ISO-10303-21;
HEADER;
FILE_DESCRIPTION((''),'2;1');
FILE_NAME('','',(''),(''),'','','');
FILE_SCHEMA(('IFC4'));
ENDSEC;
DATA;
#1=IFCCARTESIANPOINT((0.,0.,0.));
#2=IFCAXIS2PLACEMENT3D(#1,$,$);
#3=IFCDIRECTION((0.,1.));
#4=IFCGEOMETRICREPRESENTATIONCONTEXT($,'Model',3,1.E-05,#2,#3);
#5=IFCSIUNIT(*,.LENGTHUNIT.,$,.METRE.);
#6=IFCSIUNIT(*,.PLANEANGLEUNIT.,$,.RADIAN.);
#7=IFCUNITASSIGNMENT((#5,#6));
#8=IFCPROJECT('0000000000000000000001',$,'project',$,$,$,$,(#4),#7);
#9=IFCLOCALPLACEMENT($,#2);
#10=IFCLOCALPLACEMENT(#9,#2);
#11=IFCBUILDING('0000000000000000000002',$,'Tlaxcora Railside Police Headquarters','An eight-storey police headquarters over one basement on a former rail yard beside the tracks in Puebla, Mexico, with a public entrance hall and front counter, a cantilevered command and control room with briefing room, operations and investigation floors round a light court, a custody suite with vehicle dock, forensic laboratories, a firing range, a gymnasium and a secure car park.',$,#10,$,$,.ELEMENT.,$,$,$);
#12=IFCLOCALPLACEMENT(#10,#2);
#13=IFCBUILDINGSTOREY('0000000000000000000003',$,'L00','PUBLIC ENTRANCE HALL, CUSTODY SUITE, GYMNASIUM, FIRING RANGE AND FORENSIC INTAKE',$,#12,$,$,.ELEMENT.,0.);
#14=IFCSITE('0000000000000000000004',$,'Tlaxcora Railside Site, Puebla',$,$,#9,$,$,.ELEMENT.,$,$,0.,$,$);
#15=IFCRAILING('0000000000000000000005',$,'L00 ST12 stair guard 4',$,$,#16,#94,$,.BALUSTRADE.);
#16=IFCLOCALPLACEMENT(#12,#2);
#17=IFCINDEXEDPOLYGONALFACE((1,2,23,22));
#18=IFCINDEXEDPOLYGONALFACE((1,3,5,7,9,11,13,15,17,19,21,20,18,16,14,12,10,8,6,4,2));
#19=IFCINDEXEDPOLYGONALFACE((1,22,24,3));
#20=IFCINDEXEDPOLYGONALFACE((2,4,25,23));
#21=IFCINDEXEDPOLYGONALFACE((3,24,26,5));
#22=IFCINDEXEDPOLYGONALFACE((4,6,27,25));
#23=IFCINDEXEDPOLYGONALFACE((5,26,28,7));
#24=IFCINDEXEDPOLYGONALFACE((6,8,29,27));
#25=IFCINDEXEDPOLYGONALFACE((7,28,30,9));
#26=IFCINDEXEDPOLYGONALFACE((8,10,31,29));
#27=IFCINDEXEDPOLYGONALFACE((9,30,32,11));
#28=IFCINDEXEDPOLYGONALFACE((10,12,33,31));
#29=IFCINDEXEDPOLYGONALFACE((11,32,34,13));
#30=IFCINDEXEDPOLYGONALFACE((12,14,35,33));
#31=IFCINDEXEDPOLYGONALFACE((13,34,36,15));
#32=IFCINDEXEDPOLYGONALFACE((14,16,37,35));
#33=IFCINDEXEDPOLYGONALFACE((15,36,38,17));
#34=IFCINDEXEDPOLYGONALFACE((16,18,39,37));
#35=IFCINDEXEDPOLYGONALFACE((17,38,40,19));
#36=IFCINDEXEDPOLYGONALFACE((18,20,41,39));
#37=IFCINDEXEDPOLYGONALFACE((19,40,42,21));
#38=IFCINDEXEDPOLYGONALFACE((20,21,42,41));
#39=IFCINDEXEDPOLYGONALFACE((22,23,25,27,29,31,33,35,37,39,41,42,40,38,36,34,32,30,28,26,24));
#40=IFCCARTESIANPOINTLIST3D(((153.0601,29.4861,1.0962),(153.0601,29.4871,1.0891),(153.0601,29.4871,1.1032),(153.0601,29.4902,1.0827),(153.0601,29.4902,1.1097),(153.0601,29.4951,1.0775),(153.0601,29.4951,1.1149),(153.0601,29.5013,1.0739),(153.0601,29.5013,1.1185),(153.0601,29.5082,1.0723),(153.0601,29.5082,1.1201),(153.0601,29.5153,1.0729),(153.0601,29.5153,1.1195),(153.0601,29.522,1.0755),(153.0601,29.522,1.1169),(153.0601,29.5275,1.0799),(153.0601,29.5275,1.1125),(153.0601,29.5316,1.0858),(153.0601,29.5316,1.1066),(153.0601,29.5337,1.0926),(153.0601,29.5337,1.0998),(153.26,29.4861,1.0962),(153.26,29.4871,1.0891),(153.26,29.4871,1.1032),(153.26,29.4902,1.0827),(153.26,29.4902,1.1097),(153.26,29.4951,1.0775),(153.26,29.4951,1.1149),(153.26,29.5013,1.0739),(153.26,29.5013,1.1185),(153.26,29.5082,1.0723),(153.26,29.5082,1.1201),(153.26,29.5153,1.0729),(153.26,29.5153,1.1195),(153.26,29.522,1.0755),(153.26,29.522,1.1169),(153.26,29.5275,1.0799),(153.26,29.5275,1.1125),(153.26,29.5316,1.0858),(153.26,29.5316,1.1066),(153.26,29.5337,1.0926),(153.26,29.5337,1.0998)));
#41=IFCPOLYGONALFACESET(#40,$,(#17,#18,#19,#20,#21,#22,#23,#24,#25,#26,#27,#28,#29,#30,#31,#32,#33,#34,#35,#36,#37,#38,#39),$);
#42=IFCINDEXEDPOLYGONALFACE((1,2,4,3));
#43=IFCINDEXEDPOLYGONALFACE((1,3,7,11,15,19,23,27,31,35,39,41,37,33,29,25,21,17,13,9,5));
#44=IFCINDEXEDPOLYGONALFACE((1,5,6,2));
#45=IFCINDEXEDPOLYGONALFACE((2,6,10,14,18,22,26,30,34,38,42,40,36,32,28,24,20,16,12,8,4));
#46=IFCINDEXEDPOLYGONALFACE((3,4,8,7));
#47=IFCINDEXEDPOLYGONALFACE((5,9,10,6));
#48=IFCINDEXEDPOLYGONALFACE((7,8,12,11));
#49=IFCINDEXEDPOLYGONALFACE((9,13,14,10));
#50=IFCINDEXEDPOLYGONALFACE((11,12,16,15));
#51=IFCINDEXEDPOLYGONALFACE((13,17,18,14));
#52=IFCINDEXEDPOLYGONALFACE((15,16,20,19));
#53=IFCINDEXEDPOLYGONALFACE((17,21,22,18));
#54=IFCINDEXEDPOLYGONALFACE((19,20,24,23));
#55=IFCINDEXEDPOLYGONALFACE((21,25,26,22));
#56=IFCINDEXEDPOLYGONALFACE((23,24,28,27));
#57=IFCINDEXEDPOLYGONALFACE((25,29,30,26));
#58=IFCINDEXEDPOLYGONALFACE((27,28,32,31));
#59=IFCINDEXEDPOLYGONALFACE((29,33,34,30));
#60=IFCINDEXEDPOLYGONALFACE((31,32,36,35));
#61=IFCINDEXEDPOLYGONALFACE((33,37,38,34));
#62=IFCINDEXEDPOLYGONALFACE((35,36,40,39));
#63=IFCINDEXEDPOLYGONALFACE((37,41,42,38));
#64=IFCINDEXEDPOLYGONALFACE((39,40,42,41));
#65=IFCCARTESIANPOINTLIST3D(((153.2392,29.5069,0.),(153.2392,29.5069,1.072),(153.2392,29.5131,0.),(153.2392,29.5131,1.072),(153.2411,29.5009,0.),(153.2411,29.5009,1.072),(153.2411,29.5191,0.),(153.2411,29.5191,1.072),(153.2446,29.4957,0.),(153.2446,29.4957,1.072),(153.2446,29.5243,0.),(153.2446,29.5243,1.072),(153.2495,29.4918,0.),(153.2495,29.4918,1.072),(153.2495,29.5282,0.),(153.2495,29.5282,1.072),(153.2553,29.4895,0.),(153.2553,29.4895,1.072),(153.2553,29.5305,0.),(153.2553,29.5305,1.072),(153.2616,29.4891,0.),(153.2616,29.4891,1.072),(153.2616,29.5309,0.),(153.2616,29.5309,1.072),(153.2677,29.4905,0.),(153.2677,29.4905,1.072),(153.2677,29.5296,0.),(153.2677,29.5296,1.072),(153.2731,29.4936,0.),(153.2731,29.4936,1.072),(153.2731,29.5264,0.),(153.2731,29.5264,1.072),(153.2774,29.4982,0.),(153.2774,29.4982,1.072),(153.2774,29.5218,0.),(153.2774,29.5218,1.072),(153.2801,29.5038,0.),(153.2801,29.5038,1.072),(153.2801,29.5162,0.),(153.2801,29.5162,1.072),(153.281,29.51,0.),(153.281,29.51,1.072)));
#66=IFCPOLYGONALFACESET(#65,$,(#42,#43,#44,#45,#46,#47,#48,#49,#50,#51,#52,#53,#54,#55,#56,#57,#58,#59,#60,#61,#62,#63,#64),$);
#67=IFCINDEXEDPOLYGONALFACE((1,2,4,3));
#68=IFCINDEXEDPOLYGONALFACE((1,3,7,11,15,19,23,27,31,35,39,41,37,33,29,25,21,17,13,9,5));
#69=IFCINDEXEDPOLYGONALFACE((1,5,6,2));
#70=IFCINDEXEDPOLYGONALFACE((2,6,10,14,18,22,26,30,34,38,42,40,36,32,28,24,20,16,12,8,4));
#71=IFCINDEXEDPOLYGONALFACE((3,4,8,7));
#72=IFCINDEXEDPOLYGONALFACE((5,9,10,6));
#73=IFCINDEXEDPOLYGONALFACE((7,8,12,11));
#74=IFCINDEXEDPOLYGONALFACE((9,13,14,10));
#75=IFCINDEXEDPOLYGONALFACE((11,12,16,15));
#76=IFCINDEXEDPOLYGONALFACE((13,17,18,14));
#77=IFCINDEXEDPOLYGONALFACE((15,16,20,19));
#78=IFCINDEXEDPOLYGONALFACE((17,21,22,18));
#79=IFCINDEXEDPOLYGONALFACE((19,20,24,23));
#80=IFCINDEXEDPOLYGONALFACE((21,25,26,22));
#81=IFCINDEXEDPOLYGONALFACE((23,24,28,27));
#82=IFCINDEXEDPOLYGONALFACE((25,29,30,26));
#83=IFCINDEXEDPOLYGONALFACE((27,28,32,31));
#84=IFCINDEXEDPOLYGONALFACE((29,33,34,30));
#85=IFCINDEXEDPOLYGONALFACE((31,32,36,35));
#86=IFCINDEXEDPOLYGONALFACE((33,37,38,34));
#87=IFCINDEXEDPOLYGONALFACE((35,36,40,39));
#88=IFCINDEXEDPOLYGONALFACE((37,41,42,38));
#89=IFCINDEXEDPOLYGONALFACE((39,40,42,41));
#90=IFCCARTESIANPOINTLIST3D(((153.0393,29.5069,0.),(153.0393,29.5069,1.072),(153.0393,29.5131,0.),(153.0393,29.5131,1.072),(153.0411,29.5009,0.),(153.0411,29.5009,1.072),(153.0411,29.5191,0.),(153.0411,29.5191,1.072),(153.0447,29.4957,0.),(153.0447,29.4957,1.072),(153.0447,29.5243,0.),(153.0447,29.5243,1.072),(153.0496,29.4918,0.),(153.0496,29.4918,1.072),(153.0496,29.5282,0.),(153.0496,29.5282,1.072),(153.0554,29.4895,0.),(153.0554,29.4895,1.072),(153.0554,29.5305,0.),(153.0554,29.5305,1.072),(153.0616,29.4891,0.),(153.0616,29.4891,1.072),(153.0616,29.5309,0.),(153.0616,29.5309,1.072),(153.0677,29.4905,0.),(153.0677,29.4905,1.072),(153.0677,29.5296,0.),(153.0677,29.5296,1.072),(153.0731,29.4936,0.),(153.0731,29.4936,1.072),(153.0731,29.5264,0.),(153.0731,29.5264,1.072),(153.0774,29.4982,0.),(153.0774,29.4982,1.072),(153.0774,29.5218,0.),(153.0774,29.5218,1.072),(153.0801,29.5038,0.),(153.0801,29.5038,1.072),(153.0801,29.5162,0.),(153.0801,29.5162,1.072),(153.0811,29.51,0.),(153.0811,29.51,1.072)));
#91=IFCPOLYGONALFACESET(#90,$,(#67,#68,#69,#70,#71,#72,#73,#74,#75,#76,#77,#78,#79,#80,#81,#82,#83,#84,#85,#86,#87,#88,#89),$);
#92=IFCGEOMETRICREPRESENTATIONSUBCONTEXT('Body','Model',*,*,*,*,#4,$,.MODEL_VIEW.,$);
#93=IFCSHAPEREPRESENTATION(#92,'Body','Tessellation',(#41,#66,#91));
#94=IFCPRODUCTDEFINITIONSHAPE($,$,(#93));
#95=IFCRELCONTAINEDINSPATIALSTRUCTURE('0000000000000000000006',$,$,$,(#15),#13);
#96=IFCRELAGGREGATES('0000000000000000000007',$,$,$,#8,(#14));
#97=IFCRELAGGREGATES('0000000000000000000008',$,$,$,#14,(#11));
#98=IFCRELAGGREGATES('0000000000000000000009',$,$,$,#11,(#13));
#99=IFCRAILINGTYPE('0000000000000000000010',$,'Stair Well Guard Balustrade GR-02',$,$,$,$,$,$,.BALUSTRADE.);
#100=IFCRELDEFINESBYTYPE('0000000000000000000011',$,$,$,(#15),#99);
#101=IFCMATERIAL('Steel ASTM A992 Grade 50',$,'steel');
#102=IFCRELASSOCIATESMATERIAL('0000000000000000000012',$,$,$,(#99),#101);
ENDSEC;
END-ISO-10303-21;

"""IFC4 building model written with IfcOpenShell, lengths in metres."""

from ifc_helpers import new_model, si_unit, direction, frame, origin, origin_2d, place, context, subcontext, project, spatial, circle, extrude, material, type_object, element, save


model = new_model("IFC4")

# Units and contexts
model_context = context("Model", 3, precision=1e-05, world=origin(), true_north=direction((0.0, 1.0)))
body_context = subcontext(model_context, "Body", "Model", "MODEL_VIEW")
ifc_project = project(units=[si_unit("LENGTHUNIT", "METRE"), si_unit("PLANEANGLEUNIT", "RADIAN")], contexts=[model_context])

# Site, building, storey
site_placement = place(None, origin())
site = spatial("IfcSite", under=ifc_project, at=site_placement, Name="Tlaxcora Railside Site, Puebla", CompositionType="ELEMENT", RefElevation=0.0)
building_placement = place(site_placement, origin())
building = spatial("IfcBuilding", under=site, at=building_placement, Name="Tlaxcora Railside Police Headquarters", Description="An eight-storey police headquarters over one basement on a former rail yard beside the tracks in Puebla, Mexico, with a public entrance hall and front counter, a cantilevered command and control room with briefing room, operations and investigation floors round a light court, a custody suite with vehicle dock, forensic laboratories, a firing range, a gymnasium and a secure car park.", CompositionType="ELEMENT")
storey_placement = place(building_placement, origin())
storey = spatial("IfcBuildingStorey", under=building, at=storey_placement, Name="L00", Description="PUBLIC ENTRANCE HALL, CUSTODY SUITE, GYMNASIUM, FIRING RANGE AND FORENSIC INTAKE", CompositionType="ELEMENT", Elevation=0.0)

# Shared definitions
ifc_material_1 = material(Name="Steel ASTM A992 Grade 50", Category="steel")

# Railing
railing_type_1 = type_object("IfcRailingType", Name="Stair Well Guard Balustrade GR-02", PredefinedType="BALUSTRADE", material=ifc_material_1)
railing_1_placement = place(storey_placement, frame((153.26, 29.51, 0.0)))
element("IfcRailing", 1, at=railing_1_placement, inside=storey, type_object=railing_type_1, Name="L00 ST12 stair guard 4", PredefinedType="BALUSTRADE", context=body_context, shape_type="SweptSolid", body=[
    extrude(circle(Radius=0.0239, at=origin_2d()), frame((0.0, 0.0, 1.0962), z_axis=(-1.0, 0.0, 0.0), x_axis=(0.0, -1.0, 0.0)), (0.0, 0.0, 1.0), 0.2),
    extrude(circle(Radius=0.021, at=origin_2d()), origin(), (0.0, 0.0, 1.0), 1.072),
    extrude(circle(Radius=0.021, at=origin_2d()), frame((-0.2, 0.0, 0.0)), (0.0, 0.0, 1.0), 1.072),
])

save(model, "model.ifc")
